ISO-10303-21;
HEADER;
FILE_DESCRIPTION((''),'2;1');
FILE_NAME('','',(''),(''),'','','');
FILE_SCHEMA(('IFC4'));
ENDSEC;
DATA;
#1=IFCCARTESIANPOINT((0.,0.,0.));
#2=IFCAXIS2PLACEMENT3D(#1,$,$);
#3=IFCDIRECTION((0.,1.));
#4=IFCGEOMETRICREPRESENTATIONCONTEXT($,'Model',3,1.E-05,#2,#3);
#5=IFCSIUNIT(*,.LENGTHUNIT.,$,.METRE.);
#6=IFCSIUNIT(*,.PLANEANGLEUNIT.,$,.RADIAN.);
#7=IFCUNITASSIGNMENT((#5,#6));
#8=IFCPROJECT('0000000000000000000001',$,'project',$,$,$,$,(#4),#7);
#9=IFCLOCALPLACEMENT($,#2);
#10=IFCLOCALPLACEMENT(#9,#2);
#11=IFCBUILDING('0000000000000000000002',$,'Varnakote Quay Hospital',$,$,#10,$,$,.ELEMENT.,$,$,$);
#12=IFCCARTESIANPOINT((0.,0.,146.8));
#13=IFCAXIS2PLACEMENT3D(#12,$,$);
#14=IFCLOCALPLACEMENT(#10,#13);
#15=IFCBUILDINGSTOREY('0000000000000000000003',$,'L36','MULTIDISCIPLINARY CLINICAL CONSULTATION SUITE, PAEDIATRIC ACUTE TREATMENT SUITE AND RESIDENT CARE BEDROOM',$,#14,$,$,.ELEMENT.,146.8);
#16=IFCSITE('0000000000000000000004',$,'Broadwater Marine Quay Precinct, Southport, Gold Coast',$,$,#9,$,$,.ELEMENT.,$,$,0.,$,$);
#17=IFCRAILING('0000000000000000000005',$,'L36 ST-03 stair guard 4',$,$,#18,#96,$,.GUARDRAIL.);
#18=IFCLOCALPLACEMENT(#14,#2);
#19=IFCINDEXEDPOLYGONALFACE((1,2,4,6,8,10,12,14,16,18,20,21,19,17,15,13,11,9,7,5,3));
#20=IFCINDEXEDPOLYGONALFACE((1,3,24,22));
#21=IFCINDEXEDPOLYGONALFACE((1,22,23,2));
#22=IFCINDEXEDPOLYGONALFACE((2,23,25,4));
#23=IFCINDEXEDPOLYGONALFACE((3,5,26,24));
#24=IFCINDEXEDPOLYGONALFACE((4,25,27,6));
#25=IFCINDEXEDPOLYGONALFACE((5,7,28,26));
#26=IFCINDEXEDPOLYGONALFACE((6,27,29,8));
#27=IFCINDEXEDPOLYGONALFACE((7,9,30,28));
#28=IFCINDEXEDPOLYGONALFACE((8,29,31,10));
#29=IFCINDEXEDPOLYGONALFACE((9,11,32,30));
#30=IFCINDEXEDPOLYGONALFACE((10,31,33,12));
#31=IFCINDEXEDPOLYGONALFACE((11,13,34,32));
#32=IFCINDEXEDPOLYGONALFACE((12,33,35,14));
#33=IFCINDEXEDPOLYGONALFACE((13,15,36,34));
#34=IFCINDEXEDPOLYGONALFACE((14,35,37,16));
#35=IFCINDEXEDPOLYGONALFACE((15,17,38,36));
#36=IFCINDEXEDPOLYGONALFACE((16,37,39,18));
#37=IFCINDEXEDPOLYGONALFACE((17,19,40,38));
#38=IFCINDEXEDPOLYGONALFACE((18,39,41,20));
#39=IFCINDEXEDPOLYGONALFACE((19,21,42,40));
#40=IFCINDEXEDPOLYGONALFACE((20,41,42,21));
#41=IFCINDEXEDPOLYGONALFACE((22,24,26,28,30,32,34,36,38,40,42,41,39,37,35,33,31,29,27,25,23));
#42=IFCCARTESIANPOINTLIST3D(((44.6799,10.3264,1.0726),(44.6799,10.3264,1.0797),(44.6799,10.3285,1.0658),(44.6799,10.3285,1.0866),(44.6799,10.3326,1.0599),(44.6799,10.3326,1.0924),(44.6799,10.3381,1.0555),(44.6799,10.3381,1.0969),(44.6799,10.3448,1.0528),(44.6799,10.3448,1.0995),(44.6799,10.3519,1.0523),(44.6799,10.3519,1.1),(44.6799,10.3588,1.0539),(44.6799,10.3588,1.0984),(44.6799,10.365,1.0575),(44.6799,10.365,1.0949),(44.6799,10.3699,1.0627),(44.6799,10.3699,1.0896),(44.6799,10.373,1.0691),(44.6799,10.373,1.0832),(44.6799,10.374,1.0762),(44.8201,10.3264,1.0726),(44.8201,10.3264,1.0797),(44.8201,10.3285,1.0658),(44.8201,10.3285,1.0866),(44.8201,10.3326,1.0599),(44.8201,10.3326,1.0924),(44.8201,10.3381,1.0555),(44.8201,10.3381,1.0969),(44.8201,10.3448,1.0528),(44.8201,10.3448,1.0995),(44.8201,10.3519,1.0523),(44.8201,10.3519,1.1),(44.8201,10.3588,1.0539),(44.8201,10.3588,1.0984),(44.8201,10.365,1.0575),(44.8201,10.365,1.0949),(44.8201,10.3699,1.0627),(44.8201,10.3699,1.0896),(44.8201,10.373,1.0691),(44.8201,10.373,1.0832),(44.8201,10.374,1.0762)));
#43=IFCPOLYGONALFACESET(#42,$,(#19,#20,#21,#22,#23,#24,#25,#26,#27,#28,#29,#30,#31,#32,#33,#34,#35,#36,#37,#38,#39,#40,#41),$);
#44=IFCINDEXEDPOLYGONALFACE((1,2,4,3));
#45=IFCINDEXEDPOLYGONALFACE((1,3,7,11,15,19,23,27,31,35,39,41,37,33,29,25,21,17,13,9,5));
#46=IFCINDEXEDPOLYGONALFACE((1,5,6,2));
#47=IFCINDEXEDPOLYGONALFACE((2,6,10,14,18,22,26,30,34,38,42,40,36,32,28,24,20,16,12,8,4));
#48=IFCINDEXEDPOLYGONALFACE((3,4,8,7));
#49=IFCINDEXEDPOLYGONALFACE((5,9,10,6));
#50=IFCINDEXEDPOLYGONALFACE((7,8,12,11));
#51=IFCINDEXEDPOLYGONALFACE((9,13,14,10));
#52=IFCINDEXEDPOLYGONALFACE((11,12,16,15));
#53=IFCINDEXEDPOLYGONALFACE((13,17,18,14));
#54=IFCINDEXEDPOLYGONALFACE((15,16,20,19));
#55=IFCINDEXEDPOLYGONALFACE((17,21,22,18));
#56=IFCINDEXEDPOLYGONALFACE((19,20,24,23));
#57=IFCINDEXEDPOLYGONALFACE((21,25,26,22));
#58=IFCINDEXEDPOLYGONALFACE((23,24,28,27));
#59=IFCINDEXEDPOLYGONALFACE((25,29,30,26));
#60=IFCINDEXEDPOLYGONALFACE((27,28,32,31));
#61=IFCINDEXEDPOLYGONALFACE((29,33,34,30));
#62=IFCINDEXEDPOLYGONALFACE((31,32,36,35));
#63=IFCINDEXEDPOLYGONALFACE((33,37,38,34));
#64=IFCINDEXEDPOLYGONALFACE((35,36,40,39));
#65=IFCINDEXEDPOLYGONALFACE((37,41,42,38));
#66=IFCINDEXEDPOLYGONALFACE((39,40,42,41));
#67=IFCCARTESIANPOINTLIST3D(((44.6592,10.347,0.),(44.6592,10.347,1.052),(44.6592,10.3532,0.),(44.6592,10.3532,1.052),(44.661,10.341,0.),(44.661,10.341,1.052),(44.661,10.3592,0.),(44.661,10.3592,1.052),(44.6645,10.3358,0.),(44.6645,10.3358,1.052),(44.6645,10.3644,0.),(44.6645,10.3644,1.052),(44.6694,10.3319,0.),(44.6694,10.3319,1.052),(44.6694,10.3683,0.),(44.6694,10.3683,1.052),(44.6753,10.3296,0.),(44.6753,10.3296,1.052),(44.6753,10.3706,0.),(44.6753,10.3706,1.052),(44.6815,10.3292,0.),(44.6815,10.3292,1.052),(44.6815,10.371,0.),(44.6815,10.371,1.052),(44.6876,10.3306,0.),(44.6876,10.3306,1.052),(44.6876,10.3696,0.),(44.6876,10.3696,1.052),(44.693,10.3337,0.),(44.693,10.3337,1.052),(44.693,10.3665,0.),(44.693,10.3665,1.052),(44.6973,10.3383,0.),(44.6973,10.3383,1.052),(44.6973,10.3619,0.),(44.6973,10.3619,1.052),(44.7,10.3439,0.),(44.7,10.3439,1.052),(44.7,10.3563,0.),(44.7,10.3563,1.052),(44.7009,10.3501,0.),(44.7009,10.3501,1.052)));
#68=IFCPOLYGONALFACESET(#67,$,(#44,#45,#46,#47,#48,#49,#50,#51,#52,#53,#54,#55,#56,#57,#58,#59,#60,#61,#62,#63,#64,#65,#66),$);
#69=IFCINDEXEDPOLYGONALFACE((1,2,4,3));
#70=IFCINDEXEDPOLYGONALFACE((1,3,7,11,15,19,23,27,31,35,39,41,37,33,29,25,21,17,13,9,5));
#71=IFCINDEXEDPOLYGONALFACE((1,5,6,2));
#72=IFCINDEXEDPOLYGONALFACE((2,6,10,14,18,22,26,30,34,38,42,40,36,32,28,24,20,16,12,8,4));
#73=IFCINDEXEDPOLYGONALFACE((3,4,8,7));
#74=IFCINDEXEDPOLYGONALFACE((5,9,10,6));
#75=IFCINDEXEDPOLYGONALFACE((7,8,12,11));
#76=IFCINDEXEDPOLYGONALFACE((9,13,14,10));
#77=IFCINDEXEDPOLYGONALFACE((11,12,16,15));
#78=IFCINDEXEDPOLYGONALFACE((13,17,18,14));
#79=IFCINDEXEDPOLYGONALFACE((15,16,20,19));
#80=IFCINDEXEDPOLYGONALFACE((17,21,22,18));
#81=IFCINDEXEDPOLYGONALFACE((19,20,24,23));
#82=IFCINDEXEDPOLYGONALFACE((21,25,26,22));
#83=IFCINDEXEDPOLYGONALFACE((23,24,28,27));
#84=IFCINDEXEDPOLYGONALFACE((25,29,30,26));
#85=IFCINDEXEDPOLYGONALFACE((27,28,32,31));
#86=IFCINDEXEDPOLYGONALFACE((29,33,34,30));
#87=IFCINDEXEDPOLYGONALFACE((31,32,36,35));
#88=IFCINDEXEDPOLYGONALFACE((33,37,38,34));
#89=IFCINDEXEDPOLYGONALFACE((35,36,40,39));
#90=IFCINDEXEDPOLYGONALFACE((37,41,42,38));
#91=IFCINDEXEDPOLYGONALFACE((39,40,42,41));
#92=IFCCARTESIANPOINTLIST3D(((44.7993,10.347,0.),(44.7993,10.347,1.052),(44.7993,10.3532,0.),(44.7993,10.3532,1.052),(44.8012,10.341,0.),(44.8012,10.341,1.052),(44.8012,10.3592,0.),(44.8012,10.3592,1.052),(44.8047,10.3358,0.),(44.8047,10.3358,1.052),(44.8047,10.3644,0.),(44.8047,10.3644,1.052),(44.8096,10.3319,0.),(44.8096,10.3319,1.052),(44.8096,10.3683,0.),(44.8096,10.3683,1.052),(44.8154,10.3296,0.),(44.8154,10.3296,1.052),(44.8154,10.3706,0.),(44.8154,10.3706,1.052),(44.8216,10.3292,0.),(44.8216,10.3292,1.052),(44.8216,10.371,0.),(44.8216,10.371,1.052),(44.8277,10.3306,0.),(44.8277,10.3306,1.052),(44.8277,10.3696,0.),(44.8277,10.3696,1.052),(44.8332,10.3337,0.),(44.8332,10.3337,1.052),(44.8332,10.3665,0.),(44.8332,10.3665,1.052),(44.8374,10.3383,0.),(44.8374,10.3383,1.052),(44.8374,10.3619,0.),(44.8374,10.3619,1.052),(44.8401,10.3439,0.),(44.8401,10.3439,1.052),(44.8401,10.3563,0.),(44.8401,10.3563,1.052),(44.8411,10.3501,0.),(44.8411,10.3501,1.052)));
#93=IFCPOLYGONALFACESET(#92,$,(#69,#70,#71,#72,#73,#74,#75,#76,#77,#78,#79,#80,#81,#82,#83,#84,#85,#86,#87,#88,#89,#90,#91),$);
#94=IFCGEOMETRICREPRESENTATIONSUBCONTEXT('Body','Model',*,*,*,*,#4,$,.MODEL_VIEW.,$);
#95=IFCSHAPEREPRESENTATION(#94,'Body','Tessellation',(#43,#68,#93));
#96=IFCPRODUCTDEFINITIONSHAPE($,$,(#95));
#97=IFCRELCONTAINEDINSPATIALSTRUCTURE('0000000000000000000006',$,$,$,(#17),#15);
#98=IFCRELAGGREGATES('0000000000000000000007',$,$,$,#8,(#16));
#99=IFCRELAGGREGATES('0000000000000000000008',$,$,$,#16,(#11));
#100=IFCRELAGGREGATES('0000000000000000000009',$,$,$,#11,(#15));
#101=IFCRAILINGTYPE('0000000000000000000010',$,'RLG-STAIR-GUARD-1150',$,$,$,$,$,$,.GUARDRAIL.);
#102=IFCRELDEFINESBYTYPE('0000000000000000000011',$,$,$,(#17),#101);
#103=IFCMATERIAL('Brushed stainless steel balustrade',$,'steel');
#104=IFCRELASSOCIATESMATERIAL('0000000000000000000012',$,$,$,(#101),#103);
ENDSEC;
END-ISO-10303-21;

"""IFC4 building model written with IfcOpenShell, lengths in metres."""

from ifc_helpers import new_model, si_unit, direction, frame, origin, origin_2d, place, context, subcontext, project, spatial, circle, extrude, material, type_object, element, save


model = new_model("IFC4")

# Units and contexts
model_context = context("Model", 3, precision=1e-05, world=origin(), true_north=direction((0.0, 1.0)))
body_context = subcontext(model_context, "Body", "Model", "MODEL_VIEW")
ifc_project = project(units=[si_unit("LENGTHUNIT", "METRE"), si_unit("PLANEANGLEUNIT", "RADIAN")], contexts=[model_context])

# Site, building, storey
site_placement = place(None, origin())
site = spatial("IfcSite", under=ifc_project, at=site_placement, Name="Broadwater Marine Quay Precinct, Southport, Gold Coast", CompositionType="ELEMENT", RefElevation=0.0)
building_placement = place(site_placement, origin())
building = spatial("IfcBuilding", under=site, at=building_placement, Name="Varnakote Quay Hospital", CompositionType="ELEMENT")
storey_placement = place(building_placement, frame((0.0, 0.0, 146.8)))
storey = spatial("IfcBuildingStorey", under=building, at=storey_placement, Name="L36", Description="MULTIDISCIPLINARY CLINICAL CONSULTATION SUITE, PAEDIATRIC ACUTE TREATMENT SUITE AND RESIDENT CARE BEDROOM", CompositionType="ELEMENT", Elevation=146.8)

# Railing
ifc_material_1 = material(Name="Brushed stainless steel balustrade", Category="steel")
railing_type_1 = type_object("IfcRailingType", Name="RLG-STAIR-GUARD-1150", PredefinedType="GUARDRAIL", material=ifc_material_1)
railing_1_placement = place(storey_placement, frame((44.6799, 10.3501, 0.0)))
element("IfcRailing", 1, at=railing_1_placement, inside=storey, type_object=railing_type_1, Name="L36 ST-03 stair guard 4", PredefinedType="GUARDRAIL", context=body_context, shape_type="SweptSolid", body=[
    extrude(circle(Radius=0.0239, at=origin_2d()), frame((0.0, 0.0, 1.0762), z_axis=(1.0, 0.0, 0.0), x_axis=(0.0, 1.0, 0.0)), (0.0, 0.0, 1.0), 0.1401),
    extrude(circle(Radius=0.021, at=origin_2d()), origin(), (0.0, 0.0, 1.0), 1.052),
    extrude(circle(Radius=0.021, at=origin_2d()), frame((0.1401, 0.0, 0.0)), (0.0, 0.0, 1.0), 1.052),
])

save(model, "model.ifc")
